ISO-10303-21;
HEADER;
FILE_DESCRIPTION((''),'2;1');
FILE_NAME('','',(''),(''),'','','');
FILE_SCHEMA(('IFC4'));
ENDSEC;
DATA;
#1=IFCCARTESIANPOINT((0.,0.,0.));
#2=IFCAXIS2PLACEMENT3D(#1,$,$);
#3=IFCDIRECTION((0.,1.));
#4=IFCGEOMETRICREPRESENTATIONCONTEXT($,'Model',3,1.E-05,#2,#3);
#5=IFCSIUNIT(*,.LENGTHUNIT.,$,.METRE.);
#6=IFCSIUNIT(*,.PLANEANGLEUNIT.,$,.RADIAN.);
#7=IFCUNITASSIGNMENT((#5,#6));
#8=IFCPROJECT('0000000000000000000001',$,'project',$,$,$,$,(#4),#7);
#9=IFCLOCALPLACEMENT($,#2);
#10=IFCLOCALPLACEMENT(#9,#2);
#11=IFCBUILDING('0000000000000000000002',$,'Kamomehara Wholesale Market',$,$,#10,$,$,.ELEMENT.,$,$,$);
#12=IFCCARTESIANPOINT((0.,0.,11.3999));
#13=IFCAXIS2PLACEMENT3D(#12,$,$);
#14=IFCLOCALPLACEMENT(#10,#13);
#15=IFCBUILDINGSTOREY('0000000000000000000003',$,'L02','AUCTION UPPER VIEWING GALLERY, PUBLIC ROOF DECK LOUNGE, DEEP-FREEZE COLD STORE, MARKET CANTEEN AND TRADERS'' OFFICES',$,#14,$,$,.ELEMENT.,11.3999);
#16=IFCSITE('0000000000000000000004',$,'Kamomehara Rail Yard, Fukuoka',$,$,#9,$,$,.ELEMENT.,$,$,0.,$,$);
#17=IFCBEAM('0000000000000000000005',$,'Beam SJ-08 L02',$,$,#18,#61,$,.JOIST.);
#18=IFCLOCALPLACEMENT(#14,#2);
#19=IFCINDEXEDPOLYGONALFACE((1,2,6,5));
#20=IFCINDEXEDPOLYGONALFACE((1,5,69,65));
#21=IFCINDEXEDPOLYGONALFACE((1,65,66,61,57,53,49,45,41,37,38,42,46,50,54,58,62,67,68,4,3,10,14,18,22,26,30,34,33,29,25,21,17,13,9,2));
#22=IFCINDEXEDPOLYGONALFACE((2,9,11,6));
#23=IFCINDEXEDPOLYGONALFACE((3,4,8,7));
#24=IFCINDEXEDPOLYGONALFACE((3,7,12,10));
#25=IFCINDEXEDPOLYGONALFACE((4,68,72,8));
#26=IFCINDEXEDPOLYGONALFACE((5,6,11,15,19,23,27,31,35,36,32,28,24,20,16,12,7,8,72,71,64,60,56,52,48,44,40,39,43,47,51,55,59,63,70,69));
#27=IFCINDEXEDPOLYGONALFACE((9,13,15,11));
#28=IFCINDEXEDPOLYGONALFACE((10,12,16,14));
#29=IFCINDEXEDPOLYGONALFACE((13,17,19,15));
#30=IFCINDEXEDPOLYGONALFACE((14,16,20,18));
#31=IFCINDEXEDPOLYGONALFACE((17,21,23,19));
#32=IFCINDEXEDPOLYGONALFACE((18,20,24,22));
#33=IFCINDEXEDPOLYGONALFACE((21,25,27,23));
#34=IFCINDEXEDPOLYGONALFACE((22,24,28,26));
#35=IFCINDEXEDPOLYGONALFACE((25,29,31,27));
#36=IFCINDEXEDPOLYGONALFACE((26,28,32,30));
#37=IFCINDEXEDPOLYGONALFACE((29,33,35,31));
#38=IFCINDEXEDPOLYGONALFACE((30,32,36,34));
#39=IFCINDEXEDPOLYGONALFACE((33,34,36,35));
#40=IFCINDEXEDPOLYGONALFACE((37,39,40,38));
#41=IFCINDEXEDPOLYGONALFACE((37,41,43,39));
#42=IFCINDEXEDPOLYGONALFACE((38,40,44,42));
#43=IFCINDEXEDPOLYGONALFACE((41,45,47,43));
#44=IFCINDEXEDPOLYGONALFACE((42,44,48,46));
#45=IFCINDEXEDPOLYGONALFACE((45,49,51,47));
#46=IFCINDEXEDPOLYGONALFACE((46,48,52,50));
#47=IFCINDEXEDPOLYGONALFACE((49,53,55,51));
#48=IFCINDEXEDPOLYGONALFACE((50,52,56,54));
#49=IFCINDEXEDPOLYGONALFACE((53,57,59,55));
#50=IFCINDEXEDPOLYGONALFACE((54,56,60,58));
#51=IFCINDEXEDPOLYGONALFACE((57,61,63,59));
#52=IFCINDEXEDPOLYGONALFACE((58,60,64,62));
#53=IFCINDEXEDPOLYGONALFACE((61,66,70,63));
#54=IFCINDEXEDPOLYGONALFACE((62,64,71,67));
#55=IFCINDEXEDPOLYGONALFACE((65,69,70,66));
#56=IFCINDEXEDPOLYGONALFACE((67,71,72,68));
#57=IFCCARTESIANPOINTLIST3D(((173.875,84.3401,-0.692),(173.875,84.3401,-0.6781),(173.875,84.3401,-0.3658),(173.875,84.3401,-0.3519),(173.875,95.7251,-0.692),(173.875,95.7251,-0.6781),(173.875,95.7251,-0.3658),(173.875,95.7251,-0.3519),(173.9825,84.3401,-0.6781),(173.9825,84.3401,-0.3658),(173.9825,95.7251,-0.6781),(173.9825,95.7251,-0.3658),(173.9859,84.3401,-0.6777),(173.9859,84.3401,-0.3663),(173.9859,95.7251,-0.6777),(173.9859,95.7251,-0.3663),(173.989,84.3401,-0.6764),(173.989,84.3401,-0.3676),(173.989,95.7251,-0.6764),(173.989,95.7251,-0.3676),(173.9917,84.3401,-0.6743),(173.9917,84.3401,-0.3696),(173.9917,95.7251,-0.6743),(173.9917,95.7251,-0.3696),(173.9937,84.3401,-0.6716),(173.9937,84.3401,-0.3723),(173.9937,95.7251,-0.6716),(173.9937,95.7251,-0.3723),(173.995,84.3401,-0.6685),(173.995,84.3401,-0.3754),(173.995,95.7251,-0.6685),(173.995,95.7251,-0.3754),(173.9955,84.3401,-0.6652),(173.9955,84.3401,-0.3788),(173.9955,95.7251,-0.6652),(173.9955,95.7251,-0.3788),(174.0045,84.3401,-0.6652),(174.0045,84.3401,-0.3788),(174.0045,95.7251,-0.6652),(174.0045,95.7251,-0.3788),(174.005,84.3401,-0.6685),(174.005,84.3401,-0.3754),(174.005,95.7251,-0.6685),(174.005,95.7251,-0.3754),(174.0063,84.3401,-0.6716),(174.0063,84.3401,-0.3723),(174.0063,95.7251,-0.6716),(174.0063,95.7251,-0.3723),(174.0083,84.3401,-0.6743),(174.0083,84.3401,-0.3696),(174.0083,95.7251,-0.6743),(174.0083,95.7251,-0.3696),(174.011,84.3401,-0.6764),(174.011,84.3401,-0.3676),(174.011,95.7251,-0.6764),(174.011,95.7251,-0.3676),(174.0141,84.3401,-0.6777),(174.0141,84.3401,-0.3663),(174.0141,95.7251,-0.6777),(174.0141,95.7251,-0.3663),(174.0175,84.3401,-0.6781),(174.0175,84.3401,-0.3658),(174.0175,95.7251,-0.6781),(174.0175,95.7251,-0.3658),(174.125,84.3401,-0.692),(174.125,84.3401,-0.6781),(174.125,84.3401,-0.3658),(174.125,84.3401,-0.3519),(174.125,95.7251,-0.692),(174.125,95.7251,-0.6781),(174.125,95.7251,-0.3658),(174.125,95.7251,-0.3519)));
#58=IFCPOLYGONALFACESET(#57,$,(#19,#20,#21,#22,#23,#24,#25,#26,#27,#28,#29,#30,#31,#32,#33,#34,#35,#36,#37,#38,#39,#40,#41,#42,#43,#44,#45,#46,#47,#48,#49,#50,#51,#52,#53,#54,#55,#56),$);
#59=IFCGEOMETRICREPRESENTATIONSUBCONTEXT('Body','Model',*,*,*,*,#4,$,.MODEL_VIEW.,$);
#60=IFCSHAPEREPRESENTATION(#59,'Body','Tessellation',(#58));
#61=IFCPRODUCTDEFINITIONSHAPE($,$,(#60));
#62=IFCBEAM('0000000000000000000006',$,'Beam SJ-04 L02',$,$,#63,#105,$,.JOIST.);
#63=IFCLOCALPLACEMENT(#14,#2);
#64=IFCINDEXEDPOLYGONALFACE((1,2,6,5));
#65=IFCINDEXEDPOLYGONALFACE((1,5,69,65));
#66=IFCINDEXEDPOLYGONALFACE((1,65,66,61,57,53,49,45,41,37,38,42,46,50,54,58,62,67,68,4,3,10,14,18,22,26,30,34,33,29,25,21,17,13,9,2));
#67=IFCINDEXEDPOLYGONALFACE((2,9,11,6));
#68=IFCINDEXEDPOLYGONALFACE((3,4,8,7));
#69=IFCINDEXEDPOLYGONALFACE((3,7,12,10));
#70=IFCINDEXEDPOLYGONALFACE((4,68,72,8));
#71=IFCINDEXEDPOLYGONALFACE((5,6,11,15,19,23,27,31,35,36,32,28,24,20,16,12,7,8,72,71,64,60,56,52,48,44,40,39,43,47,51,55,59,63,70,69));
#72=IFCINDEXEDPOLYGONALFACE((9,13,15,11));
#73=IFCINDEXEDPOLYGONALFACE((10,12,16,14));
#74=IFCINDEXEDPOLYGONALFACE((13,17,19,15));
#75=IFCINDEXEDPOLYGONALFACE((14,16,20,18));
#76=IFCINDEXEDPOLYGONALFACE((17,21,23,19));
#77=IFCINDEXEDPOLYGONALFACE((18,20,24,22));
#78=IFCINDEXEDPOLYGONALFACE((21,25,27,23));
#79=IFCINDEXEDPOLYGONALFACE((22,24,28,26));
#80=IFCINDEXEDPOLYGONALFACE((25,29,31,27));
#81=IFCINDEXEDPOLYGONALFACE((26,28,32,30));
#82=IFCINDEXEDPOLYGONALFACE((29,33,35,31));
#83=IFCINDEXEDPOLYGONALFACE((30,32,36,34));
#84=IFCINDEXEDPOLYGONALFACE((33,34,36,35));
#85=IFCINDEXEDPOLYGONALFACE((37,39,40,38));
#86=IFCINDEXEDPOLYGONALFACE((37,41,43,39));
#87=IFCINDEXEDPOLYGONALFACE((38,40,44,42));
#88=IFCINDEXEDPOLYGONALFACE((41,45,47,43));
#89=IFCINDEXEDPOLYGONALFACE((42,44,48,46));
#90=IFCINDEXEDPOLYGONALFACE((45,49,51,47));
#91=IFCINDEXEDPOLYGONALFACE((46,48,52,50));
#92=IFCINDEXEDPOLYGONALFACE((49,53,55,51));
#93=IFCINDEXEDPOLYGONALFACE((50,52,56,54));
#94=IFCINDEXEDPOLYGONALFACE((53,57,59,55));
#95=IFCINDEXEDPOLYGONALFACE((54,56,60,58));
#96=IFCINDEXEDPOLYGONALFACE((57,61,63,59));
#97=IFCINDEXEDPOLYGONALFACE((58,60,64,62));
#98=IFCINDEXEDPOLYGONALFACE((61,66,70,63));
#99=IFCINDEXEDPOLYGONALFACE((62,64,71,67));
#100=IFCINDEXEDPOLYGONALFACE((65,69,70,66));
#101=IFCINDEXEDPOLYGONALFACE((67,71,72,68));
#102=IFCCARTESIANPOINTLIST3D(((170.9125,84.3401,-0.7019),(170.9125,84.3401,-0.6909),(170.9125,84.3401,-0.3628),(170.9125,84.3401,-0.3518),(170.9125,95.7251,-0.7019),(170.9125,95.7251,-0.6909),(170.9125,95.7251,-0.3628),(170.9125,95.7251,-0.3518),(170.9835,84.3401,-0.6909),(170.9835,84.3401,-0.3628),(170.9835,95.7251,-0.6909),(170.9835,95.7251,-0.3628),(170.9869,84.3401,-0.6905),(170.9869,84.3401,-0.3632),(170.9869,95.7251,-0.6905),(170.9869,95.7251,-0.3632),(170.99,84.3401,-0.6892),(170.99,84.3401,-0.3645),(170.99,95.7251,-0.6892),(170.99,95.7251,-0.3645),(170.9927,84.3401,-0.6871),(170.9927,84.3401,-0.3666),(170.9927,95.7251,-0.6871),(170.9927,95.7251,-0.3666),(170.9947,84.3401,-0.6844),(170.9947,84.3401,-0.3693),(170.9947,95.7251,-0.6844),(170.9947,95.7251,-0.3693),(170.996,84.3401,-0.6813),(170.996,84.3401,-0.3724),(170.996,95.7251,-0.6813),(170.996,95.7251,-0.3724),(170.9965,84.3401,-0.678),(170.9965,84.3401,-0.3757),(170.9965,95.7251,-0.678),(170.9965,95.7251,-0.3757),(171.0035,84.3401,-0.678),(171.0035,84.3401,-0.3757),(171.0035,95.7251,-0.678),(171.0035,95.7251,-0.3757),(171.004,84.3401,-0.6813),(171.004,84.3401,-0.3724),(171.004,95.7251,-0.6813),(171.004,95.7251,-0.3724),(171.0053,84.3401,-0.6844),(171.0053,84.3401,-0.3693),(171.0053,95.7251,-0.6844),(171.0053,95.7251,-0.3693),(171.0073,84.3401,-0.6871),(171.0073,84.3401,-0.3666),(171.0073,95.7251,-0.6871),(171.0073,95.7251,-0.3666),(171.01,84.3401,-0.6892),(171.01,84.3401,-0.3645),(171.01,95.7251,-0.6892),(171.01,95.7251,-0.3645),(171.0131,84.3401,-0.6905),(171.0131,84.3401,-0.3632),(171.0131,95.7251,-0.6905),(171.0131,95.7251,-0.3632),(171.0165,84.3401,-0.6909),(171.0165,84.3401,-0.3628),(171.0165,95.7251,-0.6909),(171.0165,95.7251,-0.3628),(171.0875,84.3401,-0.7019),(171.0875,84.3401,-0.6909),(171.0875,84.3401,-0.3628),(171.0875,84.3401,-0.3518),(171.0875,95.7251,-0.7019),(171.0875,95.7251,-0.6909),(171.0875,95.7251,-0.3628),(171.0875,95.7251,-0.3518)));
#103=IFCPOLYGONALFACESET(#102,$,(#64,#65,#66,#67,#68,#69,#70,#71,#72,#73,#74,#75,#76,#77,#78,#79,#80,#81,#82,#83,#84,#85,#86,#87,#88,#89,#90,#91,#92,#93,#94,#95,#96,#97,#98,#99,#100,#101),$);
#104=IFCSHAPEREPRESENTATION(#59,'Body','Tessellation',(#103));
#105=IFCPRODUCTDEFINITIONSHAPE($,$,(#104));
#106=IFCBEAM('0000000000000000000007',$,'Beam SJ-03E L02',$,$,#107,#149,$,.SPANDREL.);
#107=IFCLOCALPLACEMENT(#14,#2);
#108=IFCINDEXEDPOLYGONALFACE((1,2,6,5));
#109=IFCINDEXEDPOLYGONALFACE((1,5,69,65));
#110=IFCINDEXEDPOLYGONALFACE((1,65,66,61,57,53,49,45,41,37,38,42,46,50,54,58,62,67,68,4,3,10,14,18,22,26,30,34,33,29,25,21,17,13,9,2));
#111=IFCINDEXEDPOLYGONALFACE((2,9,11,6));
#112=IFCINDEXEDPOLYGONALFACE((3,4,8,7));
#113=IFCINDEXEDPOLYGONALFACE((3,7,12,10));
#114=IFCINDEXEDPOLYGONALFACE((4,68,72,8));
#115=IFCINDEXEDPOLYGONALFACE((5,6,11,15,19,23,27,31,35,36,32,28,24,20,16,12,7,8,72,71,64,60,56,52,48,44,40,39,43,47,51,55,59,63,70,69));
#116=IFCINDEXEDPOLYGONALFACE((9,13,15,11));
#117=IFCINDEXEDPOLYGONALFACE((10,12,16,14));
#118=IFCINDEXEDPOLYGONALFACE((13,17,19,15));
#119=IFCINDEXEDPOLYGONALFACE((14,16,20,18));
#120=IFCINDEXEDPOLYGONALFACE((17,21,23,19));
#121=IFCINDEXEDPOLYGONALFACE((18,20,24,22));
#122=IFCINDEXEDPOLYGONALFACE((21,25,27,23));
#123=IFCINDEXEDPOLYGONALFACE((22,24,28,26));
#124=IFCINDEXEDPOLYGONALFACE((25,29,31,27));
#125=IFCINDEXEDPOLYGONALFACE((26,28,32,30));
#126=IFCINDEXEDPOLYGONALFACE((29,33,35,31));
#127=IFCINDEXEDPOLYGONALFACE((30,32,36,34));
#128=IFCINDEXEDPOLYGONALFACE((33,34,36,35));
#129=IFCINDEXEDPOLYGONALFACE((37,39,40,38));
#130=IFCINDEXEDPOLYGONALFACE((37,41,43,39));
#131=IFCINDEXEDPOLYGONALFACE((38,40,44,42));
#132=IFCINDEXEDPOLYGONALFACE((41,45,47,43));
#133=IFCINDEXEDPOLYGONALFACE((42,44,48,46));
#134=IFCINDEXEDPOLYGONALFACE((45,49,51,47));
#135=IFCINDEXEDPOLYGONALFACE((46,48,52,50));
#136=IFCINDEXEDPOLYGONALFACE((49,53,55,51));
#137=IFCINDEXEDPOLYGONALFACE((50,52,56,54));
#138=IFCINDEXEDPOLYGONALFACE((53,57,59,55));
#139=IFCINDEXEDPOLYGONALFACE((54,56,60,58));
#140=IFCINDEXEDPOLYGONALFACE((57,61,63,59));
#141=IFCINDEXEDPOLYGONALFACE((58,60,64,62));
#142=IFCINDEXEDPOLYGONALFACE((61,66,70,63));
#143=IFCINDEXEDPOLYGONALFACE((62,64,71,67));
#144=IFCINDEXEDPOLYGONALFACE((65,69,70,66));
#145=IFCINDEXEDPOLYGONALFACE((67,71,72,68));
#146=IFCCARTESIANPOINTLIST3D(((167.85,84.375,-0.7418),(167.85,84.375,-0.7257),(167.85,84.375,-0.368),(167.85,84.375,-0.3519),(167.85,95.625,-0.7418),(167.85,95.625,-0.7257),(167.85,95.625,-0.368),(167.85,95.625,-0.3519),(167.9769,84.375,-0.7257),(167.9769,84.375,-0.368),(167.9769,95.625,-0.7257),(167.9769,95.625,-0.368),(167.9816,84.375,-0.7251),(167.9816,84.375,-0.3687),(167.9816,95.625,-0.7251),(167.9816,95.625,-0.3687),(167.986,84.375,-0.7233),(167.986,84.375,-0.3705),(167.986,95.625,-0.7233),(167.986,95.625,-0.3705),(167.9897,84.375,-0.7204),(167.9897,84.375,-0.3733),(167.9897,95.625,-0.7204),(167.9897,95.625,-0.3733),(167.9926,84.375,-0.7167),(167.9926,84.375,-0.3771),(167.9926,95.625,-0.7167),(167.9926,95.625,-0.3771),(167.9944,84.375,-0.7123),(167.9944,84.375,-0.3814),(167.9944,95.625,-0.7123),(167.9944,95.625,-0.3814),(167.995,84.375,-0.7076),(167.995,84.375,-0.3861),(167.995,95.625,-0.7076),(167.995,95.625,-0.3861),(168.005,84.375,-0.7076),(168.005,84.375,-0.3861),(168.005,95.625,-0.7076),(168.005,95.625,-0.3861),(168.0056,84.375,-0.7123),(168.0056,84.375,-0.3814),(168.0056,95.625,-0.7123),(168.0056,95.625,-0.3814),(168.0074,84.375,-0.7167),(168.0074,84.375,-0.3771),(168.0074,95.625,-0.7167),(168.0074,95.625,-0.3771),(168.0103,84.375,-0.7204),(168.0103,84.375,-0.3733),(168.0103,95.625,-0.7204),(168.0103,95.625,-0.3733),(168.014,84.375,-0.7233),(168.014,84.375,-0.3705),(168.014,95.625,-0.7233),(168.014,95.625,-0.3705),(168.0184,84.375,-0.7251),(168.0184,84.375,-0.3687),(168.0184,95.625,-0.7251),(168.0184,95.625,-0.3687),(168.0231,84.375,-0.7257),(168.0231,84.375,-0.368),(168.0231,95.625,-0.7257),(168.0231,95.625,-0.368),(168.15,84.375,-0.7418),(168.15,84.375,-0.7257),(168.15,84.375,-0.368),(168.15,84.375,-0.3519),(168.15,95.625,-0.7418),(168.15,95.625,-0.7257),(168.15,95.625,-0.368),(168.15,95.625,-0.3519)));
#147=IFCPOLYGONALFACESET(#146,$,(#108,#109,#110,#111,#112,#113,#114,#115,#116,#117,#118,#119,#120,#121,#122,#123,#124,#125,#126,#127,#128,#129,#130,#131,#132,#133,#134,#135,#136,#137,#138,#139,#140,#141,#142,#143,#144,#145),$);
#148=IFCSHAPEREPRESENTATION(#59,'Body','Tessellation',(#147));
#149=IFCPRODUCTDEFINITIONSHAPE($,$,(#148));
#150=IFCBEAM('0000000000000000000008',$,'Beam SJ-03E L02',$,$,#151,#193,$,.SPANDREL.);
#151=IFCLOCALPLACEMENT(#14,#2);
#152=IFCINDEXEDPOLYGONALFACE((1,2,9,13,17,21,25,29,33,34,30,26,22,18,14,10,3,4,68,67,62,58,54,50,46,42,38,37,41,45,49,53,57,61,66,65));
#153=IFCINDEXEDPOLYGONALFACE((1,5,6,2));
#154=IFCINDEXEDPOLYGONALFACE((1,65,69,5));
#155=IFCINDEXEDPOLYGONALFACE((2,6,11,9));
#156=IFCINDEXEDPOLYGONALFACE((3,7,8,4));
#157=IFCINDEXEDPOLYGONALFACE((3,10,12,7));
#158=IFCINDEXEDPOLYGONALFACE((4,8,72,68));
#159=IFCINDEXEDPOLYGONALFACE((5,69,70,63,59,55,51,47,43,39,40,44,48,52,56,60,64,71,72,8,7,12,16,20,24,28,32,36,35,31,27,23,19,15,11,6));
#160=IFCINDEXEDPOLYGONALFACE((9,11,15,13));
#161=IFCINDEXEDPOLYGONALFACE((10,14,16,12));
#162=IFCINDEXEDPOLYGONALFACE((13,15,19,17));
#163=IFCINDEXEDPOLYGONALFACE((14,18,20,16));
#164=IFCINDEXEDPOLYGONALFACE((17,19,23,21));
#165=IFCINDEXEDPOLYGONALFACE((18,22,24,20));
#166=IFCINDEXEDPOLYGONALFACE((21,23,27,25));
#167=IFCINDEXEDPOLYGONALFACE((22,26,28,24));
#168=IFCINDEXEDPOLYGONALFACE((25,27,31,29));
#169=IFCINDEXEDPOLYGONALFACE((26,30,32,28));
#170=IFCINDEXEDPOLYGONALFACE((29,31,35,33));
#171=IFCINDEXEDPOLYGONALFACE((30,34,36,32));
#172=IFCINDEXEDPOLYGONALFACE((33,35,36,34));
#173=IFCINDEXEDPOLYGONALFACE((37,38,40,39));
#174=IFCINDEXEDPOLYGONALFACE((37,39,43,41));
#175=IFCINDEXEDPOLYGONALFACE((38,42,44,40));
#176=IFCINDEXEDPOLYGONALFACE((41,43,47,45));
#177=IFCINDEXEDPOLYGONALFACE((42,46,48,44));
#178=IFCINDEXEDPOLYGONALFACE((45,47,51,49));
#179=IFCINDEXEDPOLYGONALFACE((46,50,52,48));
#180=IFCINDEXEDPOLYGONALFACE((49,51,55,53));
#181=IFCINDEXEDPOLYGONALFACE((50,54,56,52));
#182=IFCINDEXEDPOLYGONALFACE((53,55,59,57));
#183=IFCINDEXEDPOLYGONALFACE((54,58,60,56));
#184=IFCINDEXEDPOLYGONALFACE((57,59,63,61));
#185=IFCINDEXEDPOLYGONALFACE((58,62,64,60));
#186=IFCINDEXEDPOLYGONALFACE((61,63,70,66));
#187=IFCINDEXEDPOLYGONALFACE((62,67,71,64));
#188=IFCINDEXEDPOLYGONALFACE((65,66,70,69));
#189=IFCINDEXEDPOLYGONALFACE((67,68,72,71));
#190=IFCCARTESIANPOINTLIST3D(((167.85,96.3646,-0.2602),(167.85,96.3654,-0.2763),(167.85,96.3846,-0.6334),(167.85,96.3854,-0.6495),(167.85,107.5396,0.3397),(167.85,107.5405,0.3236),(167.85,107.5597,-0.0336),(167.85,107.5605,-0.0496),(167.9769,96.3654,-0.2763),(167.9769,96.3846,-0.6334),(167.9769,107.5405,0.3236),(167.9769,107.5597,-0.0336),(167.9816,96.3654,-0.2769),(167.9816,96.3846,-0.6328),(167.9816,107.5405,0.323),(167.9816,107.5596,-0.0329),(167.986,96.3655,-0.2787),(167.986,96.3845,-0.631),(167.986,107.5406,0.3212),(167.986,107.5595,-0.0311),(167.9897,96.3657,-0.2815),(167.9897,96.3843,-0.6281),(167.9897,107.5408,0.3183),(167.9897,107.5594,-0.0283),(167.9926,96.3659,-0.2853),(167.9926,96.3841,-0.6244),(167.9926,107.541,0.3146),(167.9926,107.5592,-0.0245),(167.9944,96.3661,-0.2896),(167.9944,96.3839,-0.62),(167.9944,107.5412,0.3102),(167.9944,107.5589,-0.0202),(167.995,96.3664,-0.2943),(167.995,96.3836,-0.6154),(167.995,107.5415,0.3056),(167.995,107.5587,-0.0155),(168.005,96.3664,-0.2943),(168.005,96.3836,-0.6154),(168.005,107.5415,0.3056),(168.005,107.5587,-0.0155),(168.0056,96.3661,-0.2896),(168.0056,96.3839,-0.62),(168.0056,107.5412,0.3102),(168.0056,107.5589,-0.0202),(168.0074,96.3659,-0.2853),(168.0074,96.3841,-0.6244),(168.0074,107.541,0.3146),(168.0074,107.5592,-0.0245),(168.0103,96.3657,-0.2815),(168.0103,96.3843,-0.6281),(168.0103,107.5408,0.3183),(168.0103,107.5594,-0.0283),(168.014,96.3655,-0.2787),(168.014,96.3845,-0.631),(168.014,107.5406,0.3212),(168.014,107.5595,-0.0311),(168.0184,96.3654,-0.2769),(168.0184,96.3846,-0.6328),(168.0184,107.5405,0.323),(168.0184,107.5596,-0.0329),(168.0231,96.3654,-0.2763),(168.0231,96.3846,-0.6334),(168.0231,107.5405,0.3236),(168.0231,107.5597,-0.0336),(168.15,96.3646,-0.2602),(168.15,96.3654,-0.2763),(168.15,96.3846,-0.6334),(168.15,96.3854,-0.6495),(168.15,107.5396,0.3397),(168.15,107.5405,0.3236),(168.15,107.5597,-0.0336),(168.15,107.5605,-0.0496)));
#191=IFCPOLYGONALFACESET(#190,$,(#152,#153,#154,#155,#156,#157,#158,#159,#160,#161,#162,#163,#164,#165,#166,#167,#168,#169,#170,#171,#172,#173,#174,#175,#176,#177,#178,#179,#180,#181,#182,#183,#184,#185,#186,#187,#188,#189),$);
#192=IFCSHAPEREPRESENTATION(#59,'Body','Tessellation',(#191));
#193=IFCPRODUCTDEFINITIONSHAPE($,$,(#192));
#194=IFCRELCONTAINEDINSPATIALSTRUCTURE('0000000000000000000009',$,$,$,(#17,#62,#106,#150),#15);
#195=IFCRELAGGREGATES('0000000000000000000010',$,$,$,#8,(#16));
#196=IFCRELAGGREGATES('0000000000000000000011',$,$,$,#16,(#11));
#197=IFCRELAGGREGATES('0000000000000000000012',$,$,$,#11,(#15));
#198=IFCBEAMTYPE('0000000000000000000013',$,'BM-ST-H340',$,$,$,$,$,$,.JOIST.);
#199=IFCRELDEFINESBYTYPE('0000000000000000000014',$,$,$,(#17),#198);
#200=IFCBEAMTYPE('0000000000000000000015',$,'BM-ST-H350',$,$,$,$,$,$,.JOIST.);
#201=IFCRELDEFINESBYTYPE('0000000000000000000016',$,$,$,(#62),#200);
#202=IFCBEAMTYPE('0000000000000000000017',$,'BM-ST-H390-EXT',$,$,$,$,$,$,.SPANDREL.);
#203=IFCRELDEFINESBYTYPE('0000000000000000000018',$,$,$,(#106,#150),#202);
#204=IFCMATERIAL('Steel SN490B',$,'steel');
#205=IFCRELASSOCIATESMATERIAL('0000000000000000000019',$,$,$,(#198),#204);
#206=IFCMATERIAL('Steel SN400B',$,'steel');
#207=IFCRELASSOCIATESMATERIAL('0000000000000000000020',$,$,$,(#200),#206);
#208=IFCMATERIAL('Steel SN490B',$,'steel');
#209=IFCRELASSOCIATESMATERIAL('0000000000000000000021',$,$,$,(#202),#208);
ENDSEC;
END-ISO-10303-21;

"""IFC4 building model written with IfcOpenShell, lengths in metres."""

from ifc_helpers import new_model, si_unit, direction, frame, origin, origin_2d, place, context, subcontext, project, spatial, i_section, extrude, material, material_profile, profile_set, type_object, element, save


model = new_model("IFC4")

# Units and contexts
model_context = context("Model", 3, precision=1e-05, world=origin(), true_north=direction((0.0, 1.0)))
body_context = subcontext(model_context, "Body", "Model", "MODEL_VIEW")
ifc_project = project(units=[si_unit("LENGTHUNIT", "METRE"), si_unit("PLANEANGLEUNIT", "RADIAN")], contexts=[model_context])

# Site, building, storey
site_placement = place(None, origin())
site = spatial("IfcSite", under=ifc_project, at=site_placement, Name="Kamomehara Rail Yard, Fukuoka", CompositionType="ELEMENT", RefElevation=0.0)
building_placement = place(site_placement, origin())
building = spatial("IfcBuilding", under=site, at=building_placement, Name="Kamomehara Wholesale Market", CompositionType="ELEMENT")
storey_placement = place(building_placement, frame((0.0, 0.0, 11.3999)))
storey = spatial("IfcBuildingStorey", under=building, at=storey_placement, Name="L02", Description="AUCTION UPPER VIEWING GALLERY, PUBLIC ROOF DECK LOUNGE, DEEP-FREEZE COLD STORE, MARKET CANTEEN AND TRADERS' OFFICES", CompositionType="ELEMENT", Elevation=11.3999)

# Beams
ifc_material_1 = material(Name="Steel SN490B", Category="steel")
ifc_material_profile_1 = material_profile(ifc_material_1, i_section(OverallWidth=0.25, OverallDepth=0.3401, WebThickness=0.009, FlangeThickness=0.0139, FilletRadius=0.0129, at=origin_2d()), Name="H-340x250x9x14")
ifc_profile_set_1 = profile_set([ifc_material_profile_1], Name="Steel SN490B")
beam_type_1 = type_object("IfcBeamType", Name="BM-ST-H340", PredefinedType="JOIST", material=ifc_profile_set_1)
beam_1_placement = place(storey_placement, frame((174.0, 84.3401, -0.522), z_axis=(0.0, 1.0, 0.0), x_axis=(-1.0, 0.0, 0.0)))
element("IfcBeam", 1, at=beam_1_placement, inside=storey, type_object=beam_type_1, Name="Beam SJ-08 L02", PredefinedType="JOIST", context=body_context, shape_type="SweptSolid", body=[
    extrude(i_section(OverallWidth=0.25, OverallDepth=0.3401, WebThickness=0.009, FlangeThickness=0.0139, FilletRadius=0.0129, at=origin_2d()), origin(), (0.0, 0.0, 1.0), 11.385),
])
ifc_material_2 = material(Name="Steel SN400B", Category="steel")
ifc_material_profile_2 = material_profile(ifc_material_2, i_section(OverallWidth=0.175, OverallDepth=0.3501, WebThickness=0.0071, FlangeThickness=0.011, FilletRadius=0.0129, at=origin_2d()), Name="H-350x175x7x11")
ifc_profile_set_2 = profile_set([ifc_material_profile_2], Name="Steel SN400B")
beam_type_2 = type_object("IfcBeamType", Name="BM-ST-H350", PredefinedType="JOIST", material=ifc_profile_set_2)
beam_2_placement = place(storey_placement, frame((171.0, 84.3401, -0.5269), z_axis=(0.0, 1.0, 0.0), x_axis=(-1.0, 0.0, 0.0)))
element("IfcBeam", 2, at=beam_2_placement, inside=storey, type_object=beam_type_2, Name="Beam SJ-04 L02", PredefinedType="JOIST", context=body_context, shape_type="SweptSolid", body=[
    extrude(i_section(OverallWidth=0.175, OverallDepth=0.3501, WebThickness=0.0071, FlangeThickness=0.011, FilletRadius=0.0129, at=origin_2d()), origin(), (0.0, 0.0, 1.0), 11.385),
])
ifc_material_3 = material(Name="Steel SN490B", Category="steel")
ifc_material_profile_3 = material_profile(ifc_material_3, i_section(OverallWidth=0.3, OverallDepth=0.3899, WebThickness=0.01, FlangeThickness=0.0161, FilletRadius=0.0181, at=origin_2d()), Name="H-390x300x10x16")
ifc_profile_set_3 = profile_set([ifc_material_profile_3], Name="Steel SN490B")
beam_type_3 = type_object("IfcBeamType", Name="BM-ST-H390-EXT", PredefinedType="SPANDREL", material=ifc_profile_set_3)
beam_3_placement = place(storey_placement, frame((168.0, 84.375, -0.5469), z_axis=(0.0, 1.0, 0.0), x_axis=(-1.0, 0.0, 0.0)))
element("IfcBeam", 3, at=beam_3_placement, inside=storey, type_object=beam_type_3, Name="Beam SJ-03E L02", PredefinedType="SPANDREL", context=body_context, shape_type="SweptSolid", body=[
    extrude(i_section(OverallWidth=0.3, OverallDepth=0.3899, WebThickness=0.01, FlangeThickness=0.0161, FilletRadius=0.0181, at=origin_2d()), origin(), (0.0, 0.0, 1.0), 11.25),
])
beam_4_placement = place(storey_placement, frame((168.0, 96.375, -0.4548), z_axis=(0.0, 0.998562, 0.053601), x_axis=(-1.0, 0.0, 0.0)))
element("IfcBeam", 4, at=beam_4_placement, inside=storey, type_object=beam_type_3, Name="Beam SJ-03E L02", PredefinedType="SPANDREL", context=body_context, shape_type="SweptSolid", body=[
    extrude(i_section(OverallWidth=0.3, OverallDepth=0.3899, WebThickness=0.01, FlangeThickness=0.0161, FilletRadius=0.0181, at=origin_2d()), origin(), (0.0, 0.0, 1.0), 11.1912),
])

save(model, "model.ifc")
